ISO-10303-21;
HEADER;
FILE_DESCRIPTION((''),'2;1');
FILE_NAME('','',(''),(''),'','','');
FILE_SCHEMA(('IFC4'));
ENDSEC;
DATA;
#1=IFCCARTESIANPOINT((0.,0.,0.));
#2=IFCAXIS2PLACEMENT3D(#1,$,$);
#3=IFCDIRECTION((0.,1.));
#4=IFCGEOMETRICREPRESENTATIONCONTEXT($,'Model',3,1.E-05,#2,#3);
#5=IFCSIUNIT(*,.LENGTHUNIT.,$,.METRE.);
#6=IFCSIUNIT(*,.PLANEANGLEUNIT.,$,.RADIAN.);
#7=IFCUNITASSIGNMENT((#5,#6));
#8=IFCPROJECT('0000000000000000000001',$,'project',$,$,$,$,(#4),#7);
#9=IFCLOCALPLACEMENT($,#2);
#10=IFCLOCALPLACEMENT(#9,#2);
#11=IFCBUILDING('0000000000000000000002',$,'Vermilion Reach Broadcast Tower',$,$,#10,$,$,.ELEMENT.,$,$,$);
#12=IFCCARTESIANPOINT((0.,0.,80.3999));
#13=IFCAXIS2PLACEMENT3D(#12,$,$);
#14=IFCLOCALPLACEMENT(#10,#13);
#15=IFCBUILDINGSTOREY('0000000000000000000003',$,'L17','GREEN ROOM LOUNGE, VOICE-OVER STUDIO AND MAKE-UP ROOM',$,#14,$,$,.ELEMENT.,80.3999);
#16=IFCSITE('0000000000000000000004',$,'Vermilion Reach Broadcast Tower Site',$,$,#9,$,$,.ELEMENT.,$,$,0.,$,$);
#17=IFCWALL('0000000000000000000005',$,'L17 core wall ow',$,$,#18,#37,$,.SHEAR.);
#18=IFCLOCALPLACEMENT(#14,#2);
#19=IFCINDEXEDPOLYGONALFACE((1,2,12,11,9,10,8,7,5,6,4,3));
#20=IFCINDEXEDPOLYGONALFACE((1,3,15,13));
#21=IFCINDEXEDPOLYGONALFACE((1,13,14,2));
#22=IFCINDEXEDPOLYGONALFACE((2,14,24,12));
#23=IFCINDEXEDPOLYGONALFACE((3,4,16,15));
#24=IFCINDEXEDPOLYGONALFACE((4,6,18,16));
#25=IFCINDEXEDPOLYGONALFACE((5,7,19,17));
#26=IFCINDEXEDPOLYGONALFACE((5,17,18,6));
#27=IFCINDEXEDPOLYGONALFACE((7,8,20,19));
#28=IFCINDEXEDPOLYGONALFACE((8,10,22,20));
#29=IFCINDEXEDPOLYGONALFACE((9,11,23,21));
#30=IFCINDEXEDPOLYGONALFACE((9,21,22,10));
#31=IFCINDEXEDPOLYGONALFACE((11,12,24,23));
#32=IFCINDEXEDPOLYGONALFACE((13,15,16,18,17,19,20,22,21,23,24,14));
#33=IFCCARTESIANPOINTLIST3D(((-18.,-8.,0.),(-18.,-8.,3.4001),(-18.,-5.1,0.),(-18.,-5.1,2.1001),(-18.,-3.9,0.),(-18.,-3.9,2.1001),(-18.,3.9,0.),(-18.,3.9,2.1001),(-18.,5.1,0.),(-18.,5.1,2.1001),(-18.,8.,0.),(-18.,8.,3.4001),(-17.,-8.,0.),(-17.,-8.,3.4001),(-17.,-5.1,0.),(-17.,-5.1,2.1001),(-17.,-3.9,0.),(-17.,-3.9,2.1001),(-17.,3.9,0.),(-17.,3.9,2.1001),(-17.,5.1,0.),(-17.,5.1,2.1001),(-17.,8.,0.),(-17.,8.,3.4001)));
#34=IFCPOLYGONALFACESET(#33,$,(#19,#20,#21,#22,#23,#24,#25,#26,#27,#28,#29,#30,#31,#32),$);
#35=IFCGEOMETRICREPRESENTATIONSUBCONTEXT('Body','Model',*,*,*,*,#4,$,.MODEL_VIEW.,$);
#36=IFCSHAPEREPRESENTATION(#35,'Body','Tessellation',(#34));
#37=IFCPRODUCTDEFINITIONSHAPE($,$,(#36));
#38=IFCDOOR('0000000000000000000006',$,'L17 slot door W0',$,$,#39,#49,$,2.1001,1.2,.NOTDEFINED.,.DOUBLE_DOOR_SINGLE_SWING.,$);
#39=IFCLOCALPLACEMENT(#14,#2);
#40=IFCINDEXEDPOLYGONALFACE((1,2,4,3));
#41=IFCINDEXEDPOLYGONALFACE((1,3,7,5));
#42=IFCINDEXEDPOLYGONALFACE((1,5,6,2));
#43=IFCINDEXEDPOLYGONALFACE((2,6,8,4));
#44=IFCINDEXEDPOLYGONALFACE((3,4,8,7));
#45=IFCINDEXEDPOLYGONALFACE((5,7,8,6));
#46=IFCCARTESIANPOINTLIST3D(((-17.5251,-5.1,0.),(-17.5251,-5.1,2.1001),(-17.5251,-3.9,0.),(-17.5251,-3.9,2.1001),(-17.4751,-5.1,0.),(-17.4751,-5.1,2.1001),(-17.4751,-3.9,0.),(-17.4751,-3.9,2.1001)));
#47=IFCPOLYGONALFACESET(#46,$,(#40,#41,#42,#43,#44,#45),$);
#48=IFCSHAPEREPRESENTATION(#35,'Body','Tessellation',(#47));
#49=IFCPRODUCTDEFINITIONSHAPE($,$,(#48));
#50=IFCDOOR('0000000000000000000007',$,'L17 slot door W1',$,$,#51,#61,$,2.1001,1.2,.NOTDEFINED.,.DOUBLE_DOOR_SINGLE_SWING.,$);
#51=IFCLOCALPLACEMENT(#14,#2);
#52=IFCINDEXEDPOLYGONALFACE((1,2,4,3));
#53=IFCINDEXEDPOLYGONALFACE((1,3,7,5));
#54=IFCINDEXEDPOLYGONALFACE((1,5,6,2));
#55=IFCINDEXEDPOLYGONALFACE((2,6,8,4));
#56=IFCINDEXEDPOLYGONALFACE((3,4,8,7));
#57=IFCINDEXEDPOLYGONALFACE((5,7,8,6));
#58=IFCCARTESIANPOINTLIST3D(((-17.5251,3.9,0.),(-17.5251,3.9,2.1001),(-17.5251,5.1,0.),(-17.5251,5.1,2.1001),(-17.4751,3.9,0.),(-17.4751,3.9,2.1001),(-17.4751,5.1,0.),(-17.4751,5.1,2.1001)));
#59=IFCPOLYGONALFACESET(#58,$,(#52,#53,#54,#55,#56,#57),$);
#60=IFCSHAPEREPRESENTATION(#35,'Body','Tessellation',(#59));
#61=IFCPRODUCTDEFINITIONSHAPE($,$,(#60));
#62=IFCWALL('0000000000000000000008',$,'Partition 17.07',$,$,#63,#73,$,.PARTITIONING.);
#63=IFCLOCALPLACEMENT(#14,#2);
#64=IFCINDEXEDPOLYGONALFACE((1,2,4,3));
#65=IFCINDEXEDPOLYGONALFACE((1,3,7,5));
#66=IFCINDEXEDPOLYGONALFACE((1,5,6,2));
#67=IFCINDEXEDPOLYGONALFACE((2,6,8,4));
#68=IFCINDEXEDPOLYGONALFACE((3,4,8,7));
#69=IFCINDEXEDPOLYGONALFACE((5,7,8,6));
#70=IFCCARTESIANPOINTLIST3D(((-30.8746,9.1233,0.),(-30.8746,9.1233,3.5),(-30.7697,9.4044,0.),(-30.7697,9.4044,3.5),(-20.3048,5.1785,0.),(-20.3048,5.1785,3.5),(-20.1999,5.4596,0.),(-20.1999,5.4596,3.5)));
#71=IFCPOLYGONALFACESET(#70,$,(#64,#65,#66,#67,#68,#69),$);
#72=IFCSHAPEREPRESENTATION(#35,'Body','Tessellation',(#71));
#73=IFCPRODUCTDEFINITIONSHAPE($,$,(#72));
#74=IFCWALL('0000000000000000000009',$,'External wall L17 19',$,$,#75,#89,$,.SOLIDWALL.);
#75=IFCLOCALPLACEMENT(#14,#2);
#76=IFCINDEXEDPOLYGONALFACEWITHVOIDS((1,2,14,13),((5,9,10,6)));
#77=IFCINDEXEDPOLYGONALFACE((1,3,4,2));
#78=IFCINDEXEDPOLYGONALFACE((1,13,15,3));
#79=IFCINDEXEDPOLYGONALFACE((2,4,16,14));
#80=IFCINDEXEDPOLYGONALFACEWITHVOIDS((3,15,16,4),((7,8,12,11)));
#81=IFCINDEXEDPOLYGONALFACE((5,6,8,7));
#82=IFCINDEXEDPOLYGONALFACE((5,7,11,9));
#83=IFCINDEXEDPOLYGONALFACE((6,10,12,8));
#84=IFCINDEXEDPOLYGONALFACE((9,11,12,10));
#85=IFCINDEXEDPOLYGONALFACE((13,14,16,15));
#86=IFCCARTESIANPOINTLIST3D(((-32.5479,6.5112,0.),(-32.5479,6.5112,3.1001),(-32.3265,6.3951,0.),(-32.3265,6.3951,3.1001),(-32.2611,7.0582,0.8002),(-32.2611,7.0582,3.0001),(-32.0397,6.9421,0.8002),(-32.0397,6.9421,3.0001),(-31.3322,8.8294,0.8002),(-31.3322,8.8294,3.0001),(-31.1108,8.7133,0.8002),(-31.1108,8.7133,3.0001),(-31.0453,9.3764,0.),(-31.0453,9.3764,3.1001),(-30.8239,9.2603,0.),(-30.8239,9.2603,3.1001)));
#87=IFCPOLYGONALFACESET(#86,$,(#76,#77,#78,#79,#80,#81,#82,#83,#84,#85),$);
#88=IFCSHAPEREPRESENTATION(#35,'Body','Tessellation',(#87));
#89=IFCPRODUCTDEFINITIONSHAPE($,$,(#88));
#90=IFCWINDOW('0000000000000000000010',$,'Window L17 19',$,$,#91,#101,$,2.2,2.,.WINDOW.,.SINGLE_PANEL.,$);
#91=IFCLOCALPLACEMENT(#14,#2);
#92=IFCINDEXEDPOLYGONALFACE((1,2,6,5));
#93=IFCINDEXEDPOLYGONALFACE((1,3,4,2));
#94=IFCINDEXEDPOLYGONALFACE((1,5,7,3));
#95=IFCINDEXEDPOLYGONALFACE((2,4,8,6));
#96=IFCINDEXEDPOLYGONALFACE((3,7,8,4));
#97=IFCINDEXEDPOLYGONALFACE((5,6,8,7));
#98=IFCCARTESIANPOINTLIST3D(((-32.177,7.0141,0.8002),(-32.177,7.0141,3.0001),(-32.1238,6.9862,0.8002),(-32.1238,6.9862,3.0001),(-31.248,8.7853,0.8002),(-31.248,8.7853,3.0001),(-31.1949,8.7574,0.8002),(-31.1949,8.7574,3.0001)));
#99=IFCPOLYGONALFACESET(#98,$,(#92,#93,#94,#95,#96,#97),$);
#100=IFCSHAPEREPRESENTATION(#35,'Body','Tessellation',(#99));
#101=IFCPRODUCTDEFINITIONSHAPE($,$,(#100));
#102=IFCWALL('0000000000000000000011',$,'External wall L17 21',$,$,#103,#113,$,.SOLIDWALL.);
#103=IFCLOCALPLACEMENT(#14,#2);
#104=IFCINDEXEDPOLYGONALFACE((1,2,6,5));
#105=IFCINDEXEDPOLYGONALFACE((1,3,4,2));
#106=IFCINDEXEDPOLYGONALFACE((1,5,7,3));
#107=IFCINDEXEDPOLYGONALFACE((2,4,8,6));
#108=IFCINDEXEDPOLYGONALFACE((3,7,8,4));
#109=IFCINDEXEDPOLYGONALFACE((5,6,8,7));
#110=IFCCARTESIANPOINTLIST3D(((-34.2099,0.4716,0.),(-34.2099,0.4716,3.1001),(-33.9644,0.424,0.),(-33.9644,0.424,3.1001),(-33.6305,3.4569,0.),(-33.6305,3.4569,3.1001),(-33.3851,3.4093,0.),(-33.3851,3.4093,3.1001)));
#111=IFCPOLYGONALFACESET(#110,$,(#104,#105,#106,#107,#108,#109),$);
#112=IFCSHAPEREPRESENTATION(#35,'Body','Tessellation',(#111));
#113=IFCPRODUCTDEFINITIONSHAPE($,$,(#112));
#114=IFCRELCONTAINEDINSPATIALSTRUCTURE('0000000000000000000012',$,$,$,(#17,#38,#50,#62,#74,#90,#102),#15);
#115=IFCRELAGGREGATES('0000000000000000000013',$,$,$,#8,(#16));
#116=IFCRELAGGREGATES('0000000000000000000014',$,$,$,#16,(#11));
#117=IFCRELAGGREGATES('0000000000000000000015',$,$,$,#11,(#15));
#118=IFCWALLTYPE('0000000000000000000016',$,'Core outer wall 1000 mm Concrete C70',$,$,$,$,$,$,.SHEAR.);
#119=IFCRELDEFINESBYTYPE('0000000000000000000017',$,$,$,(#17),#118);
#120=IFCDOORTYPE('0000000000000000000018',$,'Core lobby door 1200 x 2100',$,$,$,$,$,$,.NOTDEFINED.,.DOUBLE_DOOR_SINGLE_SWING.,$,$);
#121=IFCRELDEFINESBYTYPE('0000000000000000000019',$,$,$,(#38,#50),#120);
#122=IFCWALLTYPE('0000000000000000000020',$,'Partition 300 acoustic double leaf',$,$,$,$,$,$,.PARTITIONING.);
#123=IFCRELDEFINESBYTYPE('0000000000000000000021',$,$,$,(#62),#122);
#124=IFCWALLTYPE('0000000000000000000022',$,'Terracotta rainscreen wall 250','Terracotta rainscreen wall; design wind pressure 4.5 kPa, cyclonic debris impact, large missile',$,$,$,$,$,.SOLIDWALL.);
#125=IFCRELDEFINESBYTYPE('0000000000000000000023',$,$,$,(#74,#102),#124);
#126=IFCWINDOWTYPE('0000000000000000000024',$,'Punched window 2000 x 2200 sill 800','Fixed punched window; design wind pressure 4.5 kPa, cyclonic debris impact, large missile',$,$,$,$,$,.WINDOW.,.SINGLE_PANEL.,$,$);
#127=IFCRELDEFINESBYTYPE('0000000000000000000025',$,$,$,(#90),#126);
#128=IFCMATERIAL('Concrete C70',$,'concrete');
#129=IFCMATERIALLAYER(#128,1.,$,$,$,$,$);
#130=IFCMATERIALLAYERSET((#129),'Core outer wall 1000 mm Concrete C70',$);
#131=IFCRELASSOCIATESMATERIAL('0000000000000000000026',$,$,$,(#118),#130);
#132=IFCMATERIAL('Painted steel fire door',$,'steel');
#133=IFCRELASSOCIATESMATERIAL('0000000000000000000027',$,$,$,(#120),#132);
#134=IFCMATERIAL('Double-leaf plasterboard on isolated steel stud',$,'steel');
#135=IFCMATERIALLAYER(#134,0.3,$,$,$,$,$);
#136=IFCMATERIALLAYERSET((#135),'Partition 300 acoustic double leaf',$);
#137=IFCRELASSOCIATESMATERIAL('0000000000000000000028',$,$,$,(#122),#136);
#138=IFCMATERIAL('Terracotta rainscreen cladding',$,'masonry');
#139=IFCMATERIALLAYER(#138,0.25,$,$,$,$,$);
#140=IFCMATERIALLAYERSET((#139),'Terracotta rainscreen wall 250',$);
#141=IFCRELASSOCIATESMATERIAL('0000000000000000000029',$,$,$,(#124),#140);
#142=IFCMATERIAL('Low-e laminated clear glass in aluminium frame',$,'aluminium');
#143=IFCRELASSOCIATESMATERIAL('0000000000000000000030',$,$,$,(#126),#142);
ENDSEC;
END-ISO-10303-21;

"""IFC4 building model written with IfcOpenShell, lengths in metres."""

from ifc_helpers import new_model, si_unit, direction, frame, frame_2d, origin, place, context, subcontext, project, spatial, rectangle, extrude, material, layer, layer_set, type_object, element, fill, save


model = new_model("IFC4")

# Units and contexts
model_context = context("Model", 3, precision=1e-05, world=origin(), true_north=direction((0.0, 1.0)))
body_context = subcontext(model_context, "Body", "Model", "MODEL_VIEW")
ifc_project = project(units=[si_unit("LENGTHUNIT", "METRE"), si_unit("PLANEANGLEUNIT", "RADIAN")], contexts=[model_context])

# Site, building, storey
site_placement = place(None, origin())
site = spatial("IfcSite", under=ifc_project, at=site_placement, Name="Vermilion Reach Broadcast Tower Site", CompositionType="ELEMENT", RefElevation=0.0)
building_placement = place(site_placement, origin())
building = spatial("IfcBuilding", under=site, at=building_placement, Name="Vermilion Reach Broadcast Tower", CompositionType="ELEMENT")
storey_placement = place(building_placement, frame((0.0, 0.0, 80.3999)))
storey = spatial("IfcBuildingStorey", under=building, at=storey_placement, Name="L17", Description="GREEN ROOM LOUNGE, VOICE-OVER STUDIO AND MAKE-UP ROOM", CompositionType="ELEMENT", Elevation=80.3999)

# Wall, openings, doors
ifc_material_1 = material(Name="Concrete C70", Category="concrete")
ifc_layer_1 = layer(ifc_material_1, 1.0)
ifc_layer_set_1 = layer_set([ifc_layer_1], Name="Core outer wall 1000 mm Concrete C70")
wall_type_1 = type_object("IfcWallType", Name="Core outer wall 1000 mm Concrete C70", PredefinedType="SHEAR", material=ifc_layer_set_1)
wall_1_placement = place(storey_placement, frame((-17.5, 8.0, 0.0), z_axis=(0.0, 0.0, 1.0), x_axis=(0.0, -1.0, 0.0)))
wall_1 = element("IfcWall", 1, at=wall_1_placement, inside=storey, type_object=wall_type_1, Name="L17 core wall ow", PredefinedType="SHEAR", context=body_context, shape_type="SweptSolid", body=[
    extrude(rectangle(XDim=16.0, YDim=1.0, at=frame_2d((8.0, 0.0))), origin(), (0.0, 0.0, 1.0), 3.4001),
])
opening_1_placement = place(wall_1_placement, frame((11.8999, 0.0, 0.0)))
opening_1 = element("IfcOpeningElement", 2, at=opening_1_placement, cuts=wall_1, PredefinedType="OPENING", context=body_context, shape_type="SweptSolid", body=[
    extrude(rectangle(XDim=1.2, YDim=2.1001, at=frame_2d((0.6001, 1.05))), frame((0.0, 0.51, 0.0), z_axis=(0.0, -1.0, 0.0), x_axis=(1.0, 0.0, 0.0)), (0.0, 0.0, 1.0), 1.02),
])
opening_2_placement = place(wall_1_placement, frame((2.8999, 0.0, 0.0)))
opening_2 = element("IfcOpeningElement", 3, at=opening_2_placement, cuts=wall_1, PredefinedType="OPENING", context=body_context, shape_type="SweptSolid", body=[
    extrude(rectangle(XDim=1.2, YDim=2.1001, at=frame_2d((0.6001, 1.05))), frame((0.0, 0.51, 0.0), z_axis=(0.0, -1.0, 0.0), x_axis=(1.0, 0.0, 0.0)), (0.0, 0.0, 1.0), 1.02),
])
ifc_material_2 = material(Name="Painted steel fire door", Category="steel")
door_type_1 = type_object("IfcDoorType", Name="Core lobby door 1200 x 2100", OperationType="DOUBLE_DOOR_SINGLE_SWING", PredefinedType="NOTDEFINED", material=ifc_material_2)
door_1_placement = place(opening_1_placement, origin())
door_1 = element("IfcDoor", 4, at=door_1_placement, inside=storey, type_object=door_type_1, Name="L17 slot door W0", OperationType="DOUBLE_DOOR_SINGLE_SWING", OverallHeight=2.1001, OverallWidth=1.2, PredefinedType="NOTDEFINED", context=body_context, shape_type="SweptSolid", body=[
    extrude(rectangle(XDim=1.2, YDim=2.1001, at=frame_2d((0.6001, 1.05))), frame((0.0, 0.0249, 0.0), z_axis=(0.0, -1.0, 0.0), x_axis=(1.0, 0.0, 0.0)), (0.0, 0.0, 1.0), 0.05),
])
fill(opening_1, door_1)
door_2_placement = place(opening_2_placement, origin())
door_2 = element("IfcDoor", 5, at=door_2_placement, inside=storey, type_object=door_type_1, Name="L17 slot door W1", OperationType="DOUBLE_DOOR_SINGLE_SWING", OverallHeight=2.1001, OverallWidth=1.2, PredefinedType="NOTDEFINED", context=body_context, shape_type="SweptSolid", body=[
    extrude(rectangle(XDim=1.2, YDim=2.1001, at=frame_2d((0.6001, 1.05))), frame((0.0, 0.0249, 0.0), z_axis=(0.0, -1.0, 0.0), x_axis=(1.0, 0.0, 0.0)), (0.0, 0.0, 1.0), 0.05),
])
fill(opening_2, door_2)

# Wall
ifc_material_3 = material(Name="Double-leaf plasterboard on isolated steel stud", Category="steel")
ifc_layer_2 = layer(ifc_material_3, 0.3)
ifc_layer_set_2 = layer_set([ifc_layer_2], Name="Partition 300 acoustic double leaf")
wall_type_2 = type_object("IfcWallType", Name="Partition 300 acoustic double leaf", PredefinedType="PARTITIONING", material=ifc_layer_set_2)
wall_2_placement = place(storey_placement, frame((-30.8223, 9.2639, 0.0), z_axis=(0.0, 0.0, 1.0), x_axis=(0.936878, -0.349657, 0.0)))
element("IfcWall", 6, at=wall_2_placement, inside=storey, type_object=wall_type_2, Name="Partition 17.07", PredefinedType="PARTITIONING", context=body_context, shape_type="SweptSolid", body=[
    extrude(rectangle(XDim=11.282, YDim=0.3, at=frame_2d((5.6411, 0.0))), origin(), (0.0, 0.0, 1.0), 3.5),
])

# Wall, opening, window
ifc_material_4 = material(Name="Terracotta rainscreen cladding", Category="masonry")
ifc_layer_3 = layer(ifc_material_4, 0.25)
ifc_layer_set_3 = layer_set([ifc_layer_3], Name="Terracotta rainscreen wall 250")
wall_type_3 = type_object("IfcWallType", Name="Terracotta rainscreen wall 250", Description="Terracotta rainscreen wall; design wind pressure 4.5 kPa, cyclonic debris impact, large missile", PredefinedType="SOLIDWALL", material=ifc_layer_set_3)
wall_3_placement = place(storey_placement, frame((-30.9346, 9.3184, 0.0), z_axis=(0.0, 0.0, 1.0), x_axis=(-0.464455, -0.885597, 0.0)))
wall_3 = element("IfcWall", 7, at=wall_3_placement, inside=storey, type_object=wall_type_3, Name="External wall L17 19", PredefinedType="SOLIDWALL", context=body_context, shape_type="SweptSolid", body=[
    extrude(rectangle(XDim=3.2354, YDim=0.25, at=frame_2d((1.6177, 0.0))), origin(), (0.0, 0.0, 1.0), 3.1001),
])
opening_3_placement = place(wall_3_placement, frame((0.6177, 0.0, 0.8)))
opening_3 = element("IfcOpeningElement", 8, at=opening_3_placement, cuts=wall_3, PredefinedType="OPENING", context=body_context, shape_type="SweptSolid", body=[
    extrude(rectangle(XDim=2.0, YDim=2.2, at=frame_2d((1.0, 1.1001))), frame((0.0, 0.135, 0.0), z_axis=(0.0, -1.0, 0.0), x_axis=(1.0, 0.0, 0.0)), (0.0, 0.0, 1.0), 0.27),
])
ifc_material_5 = material(Name="Low-e laminated clear glass in aluminium frame", Category="aluminium")
window_type = type_object("IfcWindowType", Name="Punched window 2000 x 2200 sill 800", Description="Fixed punched window; design wind pressure 4.5 kPa, cyclonic debris impact, large missile", PartitioningType="SINGLE_PANEL", PredefinedType="WINDOW", material=ifc_material_5)
window_placement = place(opening_3_placement, origin())
window = element("IfcWindow", 9, at=window_placement, inside=storey, type_object=window_type, Name="Window L17 19", OverallHeight=2.2, OverallWidth=2.0, PartitioningType="SINGLE_PANEL", PredefinedType="WINDOW", context=body_context, shape_type="SweptSolid", body=[
    extrude(rectangle(XDim=2.0, YDim=2.2, at=frame_2d((1.0, 1.1001))), frame((0.0, 0.03, 0.0), z_axis=(0.0, -1.0, 0.0), x_axis=(1.0, 0.0, 0.0)), (0.0, 0.0, 1.0), 0.0601),
])
fill(opening_3, window)

# Wall
wall_4_placement = place(storey_placement, frame((-33.5078, 3.4331, 0.0), z_axis=(0.0, 0.0, 1.0), x_axis=(-0.190509, -0.981686, 0.0)))
element("IfcWall", 10, at=wall_4_placement, inside=storey, type_object=wall_type_3, Name="External wall L17 21", PredefinedType="SOLIDWALL", context=body_context, shape_type="SweptSolid", body=[
    extrude(rectangle(XDim=3.041, YDim=0.25, at=frame_2d((1.5205, 0.0))), origin(), (0.0, 0.0, 1.0), 3.1001),
])

save(model, "model.ifc")
